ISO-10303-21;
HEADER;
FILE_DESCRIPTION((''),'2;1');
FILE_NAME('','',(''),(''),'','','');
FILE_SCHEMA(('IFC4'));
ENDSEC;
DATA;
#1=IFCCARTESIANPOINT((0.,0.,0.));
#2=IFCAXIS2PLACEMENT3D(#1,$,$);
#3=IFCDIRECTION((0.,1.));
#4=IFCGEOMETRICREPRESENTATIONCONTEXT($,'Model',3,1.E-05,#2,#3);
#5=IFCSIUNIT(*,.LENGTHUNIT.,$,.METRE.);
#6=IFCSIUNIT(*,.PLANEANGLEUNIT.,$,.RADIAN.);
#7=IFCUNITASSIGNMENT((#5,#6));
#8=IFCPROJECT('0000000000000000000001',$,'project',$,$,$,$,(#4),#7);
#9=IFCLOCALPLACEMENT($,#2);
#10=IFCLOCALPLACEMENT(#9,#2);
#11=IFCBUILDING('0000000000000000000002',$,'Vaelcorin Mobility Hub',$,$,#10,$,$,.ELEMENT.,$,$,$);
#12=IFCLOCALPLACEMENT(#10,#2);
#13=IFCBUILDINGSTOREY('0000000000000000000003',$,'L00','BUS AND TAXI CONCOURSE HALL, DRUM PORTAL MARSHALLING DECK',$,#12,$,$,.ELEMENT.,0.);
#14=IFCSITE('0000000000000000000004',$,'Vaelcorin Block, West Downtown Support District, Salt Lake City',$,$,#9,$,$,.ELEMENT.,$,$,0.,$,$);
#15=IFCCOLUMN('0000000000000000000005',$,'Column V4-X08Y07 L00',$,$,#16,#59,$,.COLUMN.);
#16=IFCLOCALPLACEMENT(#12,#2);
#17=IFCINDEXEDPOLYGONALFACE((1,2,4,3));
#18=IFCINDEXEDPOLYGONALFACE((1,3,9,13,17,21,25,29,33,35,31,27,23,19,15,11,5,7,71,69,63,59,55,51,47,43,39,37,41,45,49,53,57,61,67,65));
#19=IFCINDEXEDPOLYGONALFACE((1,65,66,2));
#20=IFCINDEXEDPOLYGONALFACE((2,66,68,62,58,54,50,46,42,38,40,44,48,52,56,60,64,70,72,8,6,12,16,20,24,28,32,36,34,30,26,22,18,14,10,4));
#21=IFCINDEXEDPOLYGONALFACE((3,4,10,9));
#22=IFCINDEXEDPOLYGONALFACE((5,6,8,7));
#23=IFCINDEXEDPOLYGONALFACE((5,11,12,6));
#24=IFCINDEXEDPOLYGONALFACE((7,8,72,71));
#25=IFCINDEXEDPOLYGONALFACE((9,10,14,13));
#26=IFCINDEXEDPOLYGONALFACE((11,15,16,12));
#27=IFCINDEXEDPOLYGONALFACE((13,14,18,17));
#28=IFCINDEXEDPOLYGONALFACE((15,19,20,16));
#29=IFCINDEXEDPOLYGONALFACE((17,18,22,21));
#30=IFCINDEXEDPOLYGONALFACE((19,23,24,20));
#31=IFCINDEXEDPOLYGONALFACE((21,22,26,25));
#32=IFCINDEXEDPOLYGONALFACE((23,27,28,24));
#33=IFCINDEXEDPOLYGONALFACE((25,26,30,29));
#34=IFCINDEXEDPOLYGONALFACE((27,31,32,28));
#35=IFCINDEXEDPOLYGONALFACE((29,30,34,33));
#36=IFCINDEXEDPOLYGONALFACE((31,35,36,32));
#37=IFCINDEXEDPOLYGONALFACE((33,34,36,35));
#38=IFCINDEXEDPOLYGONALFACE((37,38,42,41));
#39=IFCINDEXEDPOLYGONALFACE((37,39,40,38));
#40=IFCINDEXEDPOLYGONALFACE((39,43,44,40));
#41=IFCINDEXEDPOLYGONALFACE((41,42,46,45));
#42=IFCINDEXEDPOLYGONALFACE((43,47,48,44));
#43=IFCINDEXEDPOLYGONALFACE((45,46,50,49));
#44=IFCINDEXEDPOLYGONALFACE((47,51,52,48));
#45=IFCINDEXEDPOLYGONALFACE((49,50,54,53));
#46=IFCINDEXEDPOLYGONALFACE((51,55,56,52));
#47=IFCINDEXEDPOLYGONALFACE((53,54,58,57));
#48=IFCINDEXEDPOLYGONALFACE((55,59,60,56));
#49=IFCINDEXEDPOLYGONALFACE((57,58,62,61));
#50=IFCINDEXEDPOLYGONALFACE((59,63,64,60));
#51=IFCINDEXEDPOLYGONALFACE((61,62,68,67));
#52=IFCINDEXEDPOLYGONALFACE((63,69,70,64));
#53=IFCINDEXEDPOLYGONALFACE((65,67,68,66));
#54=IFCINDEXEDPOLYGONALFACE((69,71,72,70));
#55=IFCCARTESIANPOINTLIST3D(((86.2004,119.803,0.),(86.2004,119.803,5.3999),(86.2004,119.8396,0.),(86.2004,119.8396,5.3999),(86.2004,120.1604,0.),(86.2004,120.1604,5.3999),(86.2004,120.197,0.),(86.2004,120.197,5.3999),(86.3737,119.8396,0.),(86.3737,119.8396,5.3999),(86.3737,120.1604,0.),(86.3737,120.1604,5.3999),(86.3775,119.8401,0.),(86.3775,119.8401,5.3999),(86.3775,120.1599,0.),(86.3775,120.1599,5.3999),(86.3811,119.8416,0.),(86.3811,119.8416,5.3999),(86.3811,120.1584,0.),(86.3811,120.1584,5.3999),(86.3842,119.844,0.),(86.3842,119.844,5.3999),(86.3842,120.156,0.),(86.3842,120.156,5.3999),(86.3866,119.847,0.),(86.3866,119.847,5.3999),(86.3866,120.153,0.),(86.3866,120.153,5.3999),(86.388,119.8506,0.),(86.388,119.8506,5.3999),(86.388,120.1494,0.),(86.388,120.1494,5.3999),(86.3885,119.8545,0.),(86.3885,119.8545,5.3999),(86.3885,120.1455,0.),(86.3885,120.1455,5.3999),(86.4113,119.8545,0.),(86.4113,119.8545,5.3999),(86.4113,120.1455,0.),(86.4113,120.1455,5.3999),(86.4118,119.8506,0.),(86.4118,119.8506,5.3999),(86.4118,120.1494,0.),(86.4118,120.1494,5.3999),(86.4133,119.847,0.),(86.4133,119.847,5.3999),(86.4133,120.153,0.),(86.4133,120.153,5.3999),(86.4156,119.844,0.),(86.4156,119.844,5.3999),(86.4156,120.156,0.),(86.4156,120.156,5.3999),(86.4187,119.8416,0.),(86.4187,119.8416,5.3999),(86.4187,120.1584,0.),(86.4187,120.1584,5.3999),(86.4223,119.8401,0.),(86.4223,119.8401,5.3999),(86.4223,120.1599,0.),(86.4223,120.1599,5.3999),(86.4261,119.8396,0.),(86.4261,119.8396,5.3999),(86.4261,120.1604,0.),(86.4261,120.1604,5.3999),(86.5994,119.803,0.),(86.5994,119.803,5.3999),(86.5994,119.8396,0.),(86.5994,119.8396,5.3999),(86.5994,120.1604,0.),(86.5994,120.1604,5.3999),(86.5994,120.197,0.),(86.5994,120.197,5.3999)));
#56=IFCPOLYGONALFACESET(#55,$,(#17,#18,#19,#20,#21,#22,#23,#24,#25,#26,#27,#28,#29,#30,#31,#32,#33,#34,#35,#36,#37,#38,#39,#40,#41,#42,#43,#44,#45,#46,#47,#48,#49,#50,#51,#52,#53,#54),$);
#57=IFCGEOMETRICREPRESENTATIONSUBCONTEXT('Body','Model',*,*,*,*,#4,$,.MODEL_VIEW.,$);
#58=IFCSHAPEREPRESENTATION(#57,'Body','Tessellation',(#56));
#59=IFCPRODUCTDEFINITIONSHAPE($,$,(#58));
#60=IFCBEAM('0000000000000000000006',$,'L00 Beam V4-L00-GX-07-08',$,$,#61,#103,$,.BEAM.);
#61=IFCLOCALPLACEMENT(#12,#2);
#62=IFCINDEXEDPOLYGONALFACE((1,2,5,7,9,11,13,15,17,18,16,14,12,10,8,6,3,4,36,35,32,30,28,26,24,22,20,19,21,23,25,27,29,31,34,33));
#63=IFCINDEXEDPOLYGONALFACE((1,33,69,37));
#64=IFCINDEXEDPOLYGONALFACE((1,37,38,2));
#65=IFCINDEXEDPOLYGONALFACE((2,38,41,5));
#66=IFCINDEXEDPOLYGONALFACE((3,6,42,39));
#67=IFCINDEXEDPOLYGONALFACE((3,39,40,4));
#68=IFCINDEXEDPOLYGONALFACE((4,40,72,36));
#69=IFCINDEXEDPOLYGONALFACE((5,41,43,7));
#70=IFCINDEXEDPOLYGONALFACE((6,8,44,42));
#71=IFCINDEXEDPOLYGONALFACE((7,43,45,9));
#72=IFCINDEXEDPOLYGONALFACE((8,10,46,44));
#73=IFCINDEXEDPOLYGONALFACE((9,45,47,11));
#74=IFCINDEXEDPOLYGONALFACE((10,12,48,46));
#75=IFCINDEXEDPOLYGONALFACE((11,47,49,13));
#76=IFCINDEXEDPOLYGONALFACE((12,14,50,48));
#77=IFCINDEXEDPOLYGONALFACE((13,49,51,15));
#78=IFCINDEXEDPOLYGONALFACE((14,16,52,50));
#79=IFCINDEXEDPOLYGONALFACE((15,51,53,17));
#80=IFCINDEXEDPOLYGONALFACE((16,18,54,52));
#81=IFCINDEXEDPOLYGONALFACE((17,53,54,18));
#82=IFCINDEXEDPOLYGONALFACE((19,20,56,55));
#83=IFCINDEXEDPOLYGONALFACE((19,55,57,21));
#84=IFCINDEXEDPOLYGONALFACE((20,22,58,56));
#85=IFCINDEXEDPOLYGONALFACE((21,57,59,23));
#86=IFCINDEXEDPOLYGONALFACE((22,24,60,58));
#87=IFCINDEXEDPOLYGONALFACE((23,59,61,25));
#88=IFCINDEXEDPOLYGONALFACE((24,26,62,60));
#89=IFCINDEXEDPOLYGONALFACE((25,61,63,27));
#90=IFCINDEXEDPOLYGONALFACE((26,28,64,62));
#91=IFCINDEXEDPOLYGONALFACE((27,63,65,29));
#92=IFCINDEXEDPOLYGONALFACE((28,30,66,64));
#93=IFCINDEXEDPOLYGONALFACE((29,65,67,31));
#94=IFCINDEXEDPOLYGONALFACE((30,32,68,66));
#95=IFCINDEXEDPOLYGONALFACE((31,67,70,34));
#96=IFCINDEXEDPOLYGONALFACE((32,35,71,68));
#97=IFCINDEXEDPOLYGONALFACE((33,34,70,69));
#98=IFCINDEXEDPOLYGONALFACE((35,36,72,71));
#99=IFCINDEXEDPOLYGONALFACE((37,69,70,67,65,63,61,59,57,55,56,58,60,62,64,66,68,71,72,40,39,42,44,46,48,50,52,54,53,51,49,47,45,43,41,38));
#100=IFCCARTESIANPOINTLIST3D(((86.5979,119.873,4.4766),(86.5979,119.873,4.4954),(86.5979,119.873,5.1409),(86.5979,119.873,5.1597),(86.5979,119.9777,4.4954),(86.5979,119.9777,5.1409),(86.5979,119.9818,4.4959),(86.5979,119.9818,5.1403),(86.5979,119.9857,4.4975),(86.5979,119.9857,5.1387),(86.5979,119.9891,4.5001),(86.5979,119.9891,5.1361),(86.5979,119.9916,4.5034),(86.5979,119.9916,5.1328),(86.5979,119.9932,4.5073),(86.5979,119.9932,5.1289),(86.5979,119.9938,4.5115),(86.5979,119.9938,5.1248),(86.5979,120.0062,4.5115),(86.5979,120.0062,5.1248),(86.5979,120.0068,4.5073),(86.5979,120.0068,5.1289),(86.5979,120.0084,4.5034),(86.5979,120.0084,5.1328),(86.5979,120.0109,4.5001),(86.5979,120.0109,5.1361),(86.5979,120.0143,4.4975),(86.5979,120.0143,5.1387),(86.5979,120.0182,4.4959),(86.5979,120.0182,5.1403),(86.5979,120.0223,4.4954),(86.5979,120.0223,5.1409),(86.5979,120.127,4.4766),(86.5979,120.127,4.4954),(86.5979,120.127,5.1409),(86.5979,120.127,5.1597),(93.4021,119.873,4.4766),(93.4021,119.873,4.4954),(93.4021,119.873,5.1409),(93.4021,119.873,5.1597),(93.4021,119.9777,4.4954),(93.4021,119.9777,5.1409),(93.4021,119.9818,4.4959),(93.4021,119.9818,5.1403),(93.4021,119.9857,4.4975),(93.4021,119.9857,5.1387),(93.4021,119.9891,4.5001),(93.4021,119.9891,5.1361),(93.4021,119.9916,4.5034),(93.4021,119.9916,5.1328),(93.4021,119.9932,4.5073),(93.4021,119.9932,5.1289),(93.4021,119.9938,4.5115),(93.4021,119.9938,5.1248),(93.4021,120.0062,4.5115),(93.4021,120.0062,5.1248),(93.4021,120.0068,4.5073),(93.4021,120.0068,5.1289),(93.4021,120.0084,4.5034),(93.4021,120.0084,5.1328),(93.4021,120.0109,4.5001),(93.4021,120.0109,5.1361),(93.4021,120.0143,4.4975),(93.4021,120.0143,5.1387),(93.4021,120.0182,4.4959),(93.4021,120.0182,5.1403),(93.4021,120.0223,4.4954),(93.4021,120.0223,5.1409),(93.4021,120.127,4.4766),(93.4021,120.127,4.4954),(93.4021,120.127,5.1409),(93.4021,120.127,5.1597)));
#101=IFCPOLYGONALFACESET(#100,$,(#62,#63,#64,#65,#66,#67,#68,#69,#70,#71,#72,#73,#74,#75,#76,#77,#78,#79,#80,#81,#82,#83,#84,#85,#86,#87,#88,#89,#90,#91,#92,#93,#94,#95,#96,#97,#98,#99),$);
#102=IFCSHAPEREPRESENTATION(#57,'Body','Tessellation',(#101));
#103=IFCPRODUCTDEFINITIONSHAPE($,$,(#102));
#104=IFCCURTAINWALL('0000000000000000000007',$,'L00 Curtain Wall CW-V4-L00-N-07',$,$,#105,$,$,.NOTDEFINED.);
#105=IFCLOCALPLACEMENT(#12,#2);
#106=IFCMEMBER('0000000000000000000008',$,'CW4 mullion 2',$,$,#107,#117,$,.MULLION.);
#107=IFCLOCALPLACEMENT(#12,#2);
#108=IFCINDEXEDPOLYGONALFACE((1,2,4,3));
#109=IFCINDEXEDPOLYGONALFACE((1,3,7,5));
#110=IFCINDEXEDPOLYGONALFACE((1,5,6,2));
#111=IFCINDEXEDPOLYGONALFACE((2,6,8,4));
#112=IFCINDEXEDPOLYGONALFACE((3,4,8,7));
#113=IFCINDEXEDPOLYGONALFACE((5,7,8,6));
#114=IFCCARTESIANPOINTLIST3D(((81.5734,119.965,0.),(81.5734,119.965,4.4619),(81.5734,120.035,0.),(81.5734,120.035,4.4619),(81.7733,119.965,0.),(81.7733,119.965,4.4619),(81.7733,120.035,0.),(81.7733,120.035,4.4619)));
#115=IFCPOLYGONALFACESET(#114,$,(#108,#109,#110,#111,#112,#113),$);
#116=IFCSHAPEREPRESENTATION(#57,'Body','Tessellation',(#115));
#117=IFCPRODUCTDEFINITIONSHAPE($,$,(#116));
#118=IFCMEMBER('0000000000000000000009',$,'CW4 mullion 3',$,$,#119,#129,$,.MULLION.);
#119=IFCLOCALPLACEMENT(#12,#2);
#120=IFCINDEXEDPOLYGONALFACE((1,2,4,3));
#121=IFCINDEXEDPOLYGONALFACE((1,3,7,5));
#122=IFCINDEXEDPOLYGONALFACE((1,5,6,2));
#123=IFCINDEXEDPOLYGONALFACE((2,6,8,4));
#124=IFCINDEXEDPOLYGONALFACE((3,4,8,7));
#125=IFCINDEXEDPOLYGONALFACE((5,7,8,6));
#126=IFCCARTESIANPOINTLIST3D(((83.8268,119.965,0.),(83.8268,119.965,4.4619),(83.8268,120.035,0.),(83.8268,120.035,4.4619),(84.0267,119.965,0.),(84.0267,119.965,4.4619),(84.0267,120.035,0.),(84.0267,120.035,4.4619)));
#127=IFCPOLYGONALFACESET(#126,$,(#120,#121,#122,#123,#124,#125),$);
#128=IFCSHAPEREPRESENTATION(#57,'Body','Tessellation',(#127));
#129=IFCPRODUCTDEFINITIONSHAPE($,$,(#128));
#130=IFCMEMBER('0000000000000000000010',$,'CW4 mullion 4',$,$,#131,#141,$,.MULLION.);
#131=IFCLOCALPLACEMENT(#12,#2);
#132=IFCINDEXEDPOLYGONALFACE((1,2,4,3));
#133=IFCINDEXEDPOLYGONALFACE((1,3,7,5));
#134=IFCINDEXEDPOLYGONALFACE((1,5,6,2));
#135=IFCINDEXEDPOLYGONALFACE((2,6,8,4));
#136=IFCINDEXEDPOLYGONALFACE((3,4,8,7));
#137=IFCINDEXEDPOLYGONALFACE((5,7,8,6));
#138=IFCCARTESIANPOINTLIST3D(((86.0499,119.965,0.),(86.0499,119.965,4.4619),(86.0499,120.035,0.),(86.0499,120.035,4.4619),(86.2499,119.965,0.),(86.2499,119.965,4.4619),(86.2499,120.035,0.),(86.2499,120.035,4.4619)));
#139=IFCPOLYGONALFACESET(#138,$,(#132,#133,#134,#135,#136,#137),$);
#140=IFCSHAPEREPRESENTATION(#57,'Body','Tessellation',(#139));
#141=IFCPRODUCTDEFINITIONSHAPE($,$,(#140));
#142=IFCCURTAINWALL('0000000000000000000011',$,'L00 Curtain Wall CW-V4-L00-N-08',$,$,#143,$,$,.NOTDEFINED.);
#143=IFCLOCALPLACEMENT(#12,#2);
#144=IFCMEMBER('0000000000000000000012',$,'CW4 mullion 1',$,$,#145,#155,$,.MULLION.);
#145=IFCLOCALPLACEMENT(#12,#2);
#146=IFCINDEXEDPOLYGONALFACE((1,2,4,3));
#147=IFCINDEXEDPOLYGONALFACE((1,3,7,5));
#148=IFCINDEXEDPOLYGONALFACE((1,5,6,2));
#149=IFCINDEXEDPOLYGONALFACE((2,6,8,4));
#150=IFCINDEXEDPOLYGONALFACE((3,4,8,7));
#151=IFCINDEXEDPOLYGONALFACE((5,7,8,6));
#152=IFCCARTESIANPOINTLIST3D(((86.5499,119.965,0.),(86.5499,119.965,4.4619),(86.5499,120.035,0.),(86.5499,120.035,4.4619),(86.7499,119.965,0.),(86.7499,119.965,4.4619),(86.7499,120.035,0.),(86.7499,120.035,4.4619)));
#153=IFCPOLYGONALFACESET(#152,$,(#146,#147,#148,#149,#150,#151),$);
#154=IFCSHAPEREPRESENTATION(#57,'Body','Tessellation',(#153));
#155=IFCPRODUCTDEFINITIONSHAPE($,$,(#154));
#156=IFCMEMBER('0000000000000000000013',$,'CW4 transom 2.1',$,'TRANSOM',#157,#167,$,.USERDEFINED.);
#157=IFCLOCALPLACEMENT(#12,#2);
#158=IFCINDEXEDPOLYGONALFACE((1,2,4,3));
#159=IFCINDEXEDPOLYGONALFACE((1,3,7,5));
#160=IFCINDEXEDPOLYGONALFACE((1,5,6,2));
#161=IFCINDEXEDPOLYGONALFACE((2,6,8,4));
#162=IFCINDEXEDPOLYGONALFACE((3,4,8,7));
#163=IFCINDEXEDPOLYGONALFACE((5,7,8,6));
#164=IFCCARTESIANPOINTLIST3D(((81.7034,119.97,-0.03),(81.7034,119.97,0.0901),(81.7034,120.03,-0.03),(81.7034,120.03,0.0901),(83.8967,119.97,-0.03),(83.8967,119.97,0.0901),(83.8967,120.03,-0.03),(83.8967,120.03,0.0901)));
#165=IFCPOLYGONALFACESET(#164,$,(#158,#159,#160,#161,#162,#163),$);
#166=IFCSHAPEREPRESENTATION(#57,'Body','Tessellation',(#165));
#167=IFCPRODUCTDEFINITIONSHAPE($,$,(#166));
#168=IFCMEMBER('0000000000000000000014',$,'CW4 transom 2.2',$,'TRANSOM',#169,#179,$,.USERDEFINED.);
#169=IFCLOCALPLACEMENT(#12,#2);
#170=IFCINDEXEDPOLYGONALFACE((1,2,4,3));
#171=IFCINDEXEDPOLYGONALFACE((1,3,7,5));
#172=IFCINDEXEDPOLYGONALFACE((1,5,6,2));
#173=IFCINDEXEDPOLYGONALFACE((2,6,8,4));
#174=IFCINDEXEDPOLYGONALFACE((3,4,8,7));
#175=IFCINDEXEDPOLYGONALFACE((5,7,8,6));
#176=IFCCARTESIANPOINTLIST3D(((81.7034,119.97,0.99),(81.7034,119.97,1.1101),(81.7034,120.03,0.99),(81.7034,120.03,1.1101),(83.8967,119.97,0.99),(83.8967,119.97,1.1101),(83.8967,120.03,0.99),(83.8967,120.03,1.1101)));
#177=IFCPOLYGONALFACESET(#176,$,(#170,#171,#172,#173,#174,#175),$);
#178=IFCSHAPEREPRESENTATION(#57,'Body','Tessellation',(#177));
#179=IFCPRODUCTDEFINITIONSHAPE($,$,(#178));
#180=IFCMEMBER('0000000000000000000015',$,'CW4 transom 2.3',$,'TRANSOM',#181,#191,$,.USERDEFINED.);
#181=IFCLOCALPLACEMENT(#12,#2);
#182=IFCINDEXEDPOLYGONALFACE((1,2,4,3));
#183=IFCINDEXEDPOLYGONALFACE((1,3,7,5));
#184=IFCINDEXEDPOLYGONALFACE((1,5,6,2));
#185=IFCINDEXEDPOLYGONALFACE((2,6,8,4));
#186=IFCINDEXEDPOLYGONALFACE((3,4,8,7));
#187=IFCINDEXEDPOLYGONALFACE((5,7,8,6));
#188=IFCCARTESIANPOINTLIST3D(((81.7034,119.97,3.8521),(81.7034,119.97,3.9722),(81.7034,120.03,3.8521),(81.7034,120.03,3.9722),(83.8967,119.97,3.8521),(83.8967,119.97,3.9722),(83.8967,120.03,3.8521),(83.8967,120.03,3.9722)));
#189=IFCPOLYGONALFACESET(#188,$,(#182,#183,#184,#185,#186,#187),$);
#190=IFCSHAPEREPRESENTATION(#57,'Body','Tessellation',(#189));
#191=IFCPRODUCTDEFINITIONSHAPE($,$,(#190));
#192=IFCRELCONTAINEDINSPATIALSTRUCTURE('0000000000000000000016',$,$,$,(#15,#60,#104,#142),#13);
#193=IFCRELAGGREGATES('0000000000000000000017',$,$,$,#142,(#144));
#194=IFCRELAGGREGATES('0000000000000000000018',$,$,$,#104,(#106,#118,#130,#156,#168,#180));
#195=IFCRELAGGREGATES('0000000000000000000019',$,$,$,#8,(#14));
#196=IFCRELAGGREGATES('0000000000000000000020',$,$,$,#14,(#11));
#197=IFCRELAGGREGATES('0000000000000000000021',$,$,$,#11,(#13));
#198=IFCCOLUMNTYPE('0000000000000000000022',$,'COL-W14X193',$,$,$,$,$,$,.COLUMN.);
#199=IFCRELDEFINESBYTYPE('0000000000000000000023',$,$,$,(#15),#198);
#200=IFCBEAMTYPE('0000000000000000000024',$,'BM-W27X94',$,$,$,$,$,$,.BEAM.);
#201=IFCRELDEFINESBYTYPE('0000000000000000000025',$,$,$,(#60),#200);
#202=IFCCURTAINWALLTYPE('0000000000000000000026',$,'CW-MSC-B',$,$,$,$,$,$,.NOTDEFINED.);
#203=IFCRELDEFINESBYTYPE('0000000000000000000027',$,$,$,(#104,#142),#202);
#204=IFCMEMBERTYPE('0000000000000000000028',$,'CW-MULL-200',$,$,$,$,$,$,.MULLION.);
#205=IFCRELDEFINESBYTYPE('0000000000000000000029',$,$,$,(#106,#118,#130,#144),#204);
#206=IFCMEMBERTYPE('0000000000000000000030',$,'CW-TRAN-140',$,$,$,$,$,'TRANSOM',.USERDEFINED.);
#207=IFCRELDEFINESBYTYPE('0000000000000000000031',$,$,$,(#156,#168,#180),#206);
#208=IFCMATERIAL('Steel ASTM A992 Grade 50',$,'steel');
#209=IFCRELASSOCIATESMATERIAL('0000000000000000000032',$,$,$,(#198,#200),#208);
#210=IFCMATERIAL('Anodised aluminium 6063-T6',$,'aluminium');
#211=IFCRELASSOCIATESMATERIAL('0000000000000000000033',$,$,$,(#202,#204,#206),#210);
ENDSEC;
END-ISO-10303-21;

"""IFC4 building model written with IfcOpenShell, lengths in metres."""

from ifc_helpers import new_model, si_unit, direction, frame, origin, origin_2d, place, context, subcontext, project, spatial, rectangle, i_section, extrude, material, material_profile, profile_set, type_object, element, aggregate, save


model = new_model("IFC4")

# Units and contexts
model_context = context("Model", 3, precision=1e-05, world=origin(), true_north=direction((0.0, 1.0)))
body_context = subcontext(model_context, "Body", "Model", "MODEL_VIEW")
ifc_project = project(units=[si_unit("LENGTHUNIT", "METRE"), si_unit("PLANEANGLEUNIT", "RADIAN")], contexts=[model_context])

# Site, building, storey
site_placement = place(None, origin())
site = spatial("IfcSite", under=ifc_project, at=site_placement, Name="Vaelcorin Block, West Downtown Support District, Salt Lake City", CompositionType="ELEMENT", RefElevation=0.0)
building_placement = place(site_placement, origin())
building = spatial("IfcBuilding", under=site, at=building_placement, Name="Vaelcorin Mobility Hub", CompositionType="ELEMENT")
storey_placement = place(building_placement, origin())
storey = spatial("IfcBuildingStorey", under=building, at=storey_placement, Name="L00", Description="BUS AND TAXI CONCOURSE HALL, DRUM PORTAL MARSHALLING DECK", CompositionType="ELEMENT", Elevation=0.0)

# Column
ifc_material_1 = material(Name="Steel ASTM A992 Grade 50", Category="steel")
ifc_material_profile_1 = material_profile(ifc_material_1, i_section(OverallWidth=0.3989, OverallDepth=0.394, WebThickness=0.0227, FlangeThickness=0.0366, FilletRadius=0.0149, at=origin_2d()), Name="W14X193")
ifc_profile_set_1 = profile_set([ifc_material_profile_1], Name="Steel ASTM A992 Grade 50")
column_type = type_object("IfcColumnType", Name="COL-W14X193", PredefinedType="COLUMN", material=ifc_profile_set_1)
column_placement = place(storey_placement, frame((86.3999, 120.0, 0.0), z_axis=(0.0, 0.0, 1.0), x_axis=(1.0, 0.0, 0.0)))
element("IfcColumn", 1, at=column_placement, inside=storey, type_object=column_type, Name="Column V4-X08Y07 L00", PredefinedType="COLUMN", context=body_context, shape_type="SweptSolid", body=[
    extrude(i_section(OverallWidth=0.3989, OverallDepth=0.394, WebThickness=0.0227, FlangeThickness=0.0366, FilletRadius=0.0149, at=origin_2d()), origin(), (0.0, 0.0, 1.0), 5.3999),
])

# Beam
ifc_material_profile_2 = material_profile(ifc_material_1, i_section(OverallWidth=0.2539, OverallDepth=0.6831, WebThickness=0.0125, FlangeThickness=0.0188, FilletRadius=0.0161, at=origin_2d()), Name="W27X94")
ifc_profile_set_2 = profile_set([ifc_material_profile_2], Name="Steel ASTM A992 Grade 50")
beam_type = type_object("IfcBeamType", Name="BM-W27X94", PredefinedType="BEAM", material=ifc_profile_set_2)
beam_placement = place(storey_placement, frame((86.5979, 120.0, 4.8181), z_axis=(1.0, 0.0, 0.0), x_axis=(0.0, 1.0, 0.0)))
element("IfcBeam", 2, at=beam_placement, inside=storey, type_object=beam_type, Name="L00 Beam V4-L00-GX-07-08", PredefinedType="BEAM", context=body_context, shape_type="SweptSolid", body=[
    extrude(i_section(OverallWidth=0.2539, OverallDepth=0.6831, WebThickness=0.0125, FlangeThickness=0.0188, FilletRadius=0.0161, at=origin_2d()), origin(), (0.0, 0.0, 1.0), 6.8042),
])

# Curtain wall, members
ifc_material_2 = material(Name="Anodised aluminium 6063-T6", Category="aluminium")
curtain_wall_type = type_object("IfcCurtainWallType", Name="CW-MSC-B", PredefinedType="NOTDEFINED", material=ifc_material_2)
curtain_wall_1_placement = place(storey_placement, origin())
curtain_wall_1 = element("IfcCurtainWall", 3, at=curtain_wall_1_placement, inside=storey, type_object=curtain_wall_type, Name="L00 Curtain Wall CW-V4-L00-N-07", PredefinedType="NOTDEFINED")
ifc_material_profile_3 = material_profile(ifc_material_2, rectangle(XDim=0.0701, YDim=0.2, at=origin_2d()), Name="ALU-M70X200")
ifc_profile_set_3 = profile_set([ifc_material_profile_3], Name="Anodised aluminium 6063-T6")
member_type_1 = type_object("IfcMemberType", Name="CW-MULL-200", PredefinedType="MULLION", material=ifc_profile_set_3)
member_1_placement = place(storey_placement, frame((81.6733, 120.0, 0.0), z_axis=(0.0, 0.0, 1.0), x_axis=(0.0, 1.0, 0.0)))
member_1 = element("IfcMember", 4, at=member_1_placement, type_object=member_type_1, Name="CW4 mullion 2", PredefinedType="MULLION", context=body_context, shape_type="SweptSolid", body=[
    extrude(rectangle(XDim=0.0701, YDim=0.2, at=origin_2d()), origin(), (0.0, 0.0, 1.0), 4.4619),
])
member_2_placement = place(storey_placement, frame((83.9268, 120.0, 0.0), z_axis=(0.0, 0.0, 1.0), x_axis=(0.0, 1.0, 0.0)))
member_2 = element("IfcMember", 5, at=member_2_placement, type_object=member_type_1, Name="CW4 mullion 3", PredefinedType="MULLION", context=body_context, shape_type="SweptSolid", body=[
    extrude(rectangle(XDim=0.0701, YDim=0.2, at=origin_2d()), origin(), (0.0, 0.0, 1.0), 4.4619),
])
member_3_placement = place(storey_placement, frame((86.1499, 120.0, 0.0), z_axis=(0.0, 0.0, 1.0), x_axis=(0.0, 1.0, 0.0)))
member_3 = element("IfcMember", 6, at=member_3_placement, type_object=member_type_1, Name="CW4 mullion 4", PredefinedType="MULLION", context=body_context, shape_type="SweptSolid", body=[
    extrude(rectangle(XDim=0.0701, YDim=0.2, at=origin_2d()), origin(), (0.0, 0.0, 1.0), 4.4619),
])

# Curtain wall, member
curtain_wall_2_placement = place(storey_placement, origin())
curtain_wall_2 = element("IfcCurtainWall", 7, at=curtain_wall_2_placement, inside=storey, type_object=curtain_wall_type, Name="L00 Curtain Wall CW-V4-L00-N-08", PredefinedType="NOTDEFINED")
member_4_placement = place(storey_placement, frame((86.6499, 120.0, 0.0), z_axis=(0.0, 0.0, 1.0), x_axis=(0.0, 1.0, 0.0)))
member_4 = element("IfcMember", 8, at=member_4_placement, type_object=member_type_1, Name="CW4 mullion 1", PredefinedType="MULLION", context=body_context, shape_type="SweptSolid", body=[
    extrude(rectangle(XDim=0.0701, YDim=0.2, at=origin_2d()), origin(), (0.0, 0.0, 1.0), 4.4619),
])

# Members
ifc_material_profile_4 = material_profile(ifc_material_2, rectangle(XDim=0.0601, YDim=0.1201, at=origin_2d()), Name="ALU-T60X120")
ifc_profile_set_4 = profile_set([ifc_material_profile_4], Name="Anodised aluminium 6063-T6")
member_type_2 = type_object("IfcMemberType", Name="CW-TRAN-140", ElementType="TRANSOM", PredefinedType="USERDEFINED", material=ifc_profile_set_4)
member_5_placement = place(storey_placement, frame((81.7034, 120.0, 0.03), z_axis=(1.0, 0.0, 0.0), x_axis=(0.0, 1.0, 0.0)))
member_5 = element("IfcMember", 9, at=member_5_placement, type_object=member_type_2, Name="CW4 transom 2.1", ObjectType="TRANSOM", PredefinedType="USERDEFINED", context=body_context, shape_type="SweptSolid", body=[
    extrude(rectangle(XDim=0.0601, YDim=0.1201, at=origin_2d()), origin(), (0.0, 0.0, 1.0), 2.1934),
])
member_6_placement = place(storey_placement, frame((81.7034, 120.0, 1.05), z_axis=(1.0, 0.0, 0.0), x_axis=(0.0, 1.0, 0.0)))
member_6 = element("IfcMember", 10, at=member_6_placement, type_object=member_type_2, Name="CW4 transom 2.2", ObjectType="TRANSOM", PredefinedType="USERDEFINED", context=body_context, shape_type="SweptSolid", body=[
    extrude(rectangle(XDim=0.0601, YDim=0.1201, at=origin_2d()), origin(), (0.0, 0.0, 1.0), 2.1934),
])
member_7_placement = place(storey_placement, frame((81.7034, 120.0, 3.9121), z_axis=(1.0, 0.0, 0.0), x_axis=(0.0, 1.0, 0.0)))
member_7 = element("IfcMember", 11, at=member_7_placement, type_object=member_type_2, Name="CW4 transom 2.3", ObjectType="TRANSOM", PredefinedType="USERDEFINED", context=body_context, shape_type="SweptSolid", body=[
    extrude(rectangle(XDim=0.0601, YDim=0.1201, at=origin_2d()), origin(), (0.0, 0.0, 1.0), 2.1934),
])
aggregate(curtain_wall_2, [member_4])

aggregate(curtain_wall_1, [member_1, member_2, member_3, member_5, member_6, member_7])

save(model, "model.ifc")
